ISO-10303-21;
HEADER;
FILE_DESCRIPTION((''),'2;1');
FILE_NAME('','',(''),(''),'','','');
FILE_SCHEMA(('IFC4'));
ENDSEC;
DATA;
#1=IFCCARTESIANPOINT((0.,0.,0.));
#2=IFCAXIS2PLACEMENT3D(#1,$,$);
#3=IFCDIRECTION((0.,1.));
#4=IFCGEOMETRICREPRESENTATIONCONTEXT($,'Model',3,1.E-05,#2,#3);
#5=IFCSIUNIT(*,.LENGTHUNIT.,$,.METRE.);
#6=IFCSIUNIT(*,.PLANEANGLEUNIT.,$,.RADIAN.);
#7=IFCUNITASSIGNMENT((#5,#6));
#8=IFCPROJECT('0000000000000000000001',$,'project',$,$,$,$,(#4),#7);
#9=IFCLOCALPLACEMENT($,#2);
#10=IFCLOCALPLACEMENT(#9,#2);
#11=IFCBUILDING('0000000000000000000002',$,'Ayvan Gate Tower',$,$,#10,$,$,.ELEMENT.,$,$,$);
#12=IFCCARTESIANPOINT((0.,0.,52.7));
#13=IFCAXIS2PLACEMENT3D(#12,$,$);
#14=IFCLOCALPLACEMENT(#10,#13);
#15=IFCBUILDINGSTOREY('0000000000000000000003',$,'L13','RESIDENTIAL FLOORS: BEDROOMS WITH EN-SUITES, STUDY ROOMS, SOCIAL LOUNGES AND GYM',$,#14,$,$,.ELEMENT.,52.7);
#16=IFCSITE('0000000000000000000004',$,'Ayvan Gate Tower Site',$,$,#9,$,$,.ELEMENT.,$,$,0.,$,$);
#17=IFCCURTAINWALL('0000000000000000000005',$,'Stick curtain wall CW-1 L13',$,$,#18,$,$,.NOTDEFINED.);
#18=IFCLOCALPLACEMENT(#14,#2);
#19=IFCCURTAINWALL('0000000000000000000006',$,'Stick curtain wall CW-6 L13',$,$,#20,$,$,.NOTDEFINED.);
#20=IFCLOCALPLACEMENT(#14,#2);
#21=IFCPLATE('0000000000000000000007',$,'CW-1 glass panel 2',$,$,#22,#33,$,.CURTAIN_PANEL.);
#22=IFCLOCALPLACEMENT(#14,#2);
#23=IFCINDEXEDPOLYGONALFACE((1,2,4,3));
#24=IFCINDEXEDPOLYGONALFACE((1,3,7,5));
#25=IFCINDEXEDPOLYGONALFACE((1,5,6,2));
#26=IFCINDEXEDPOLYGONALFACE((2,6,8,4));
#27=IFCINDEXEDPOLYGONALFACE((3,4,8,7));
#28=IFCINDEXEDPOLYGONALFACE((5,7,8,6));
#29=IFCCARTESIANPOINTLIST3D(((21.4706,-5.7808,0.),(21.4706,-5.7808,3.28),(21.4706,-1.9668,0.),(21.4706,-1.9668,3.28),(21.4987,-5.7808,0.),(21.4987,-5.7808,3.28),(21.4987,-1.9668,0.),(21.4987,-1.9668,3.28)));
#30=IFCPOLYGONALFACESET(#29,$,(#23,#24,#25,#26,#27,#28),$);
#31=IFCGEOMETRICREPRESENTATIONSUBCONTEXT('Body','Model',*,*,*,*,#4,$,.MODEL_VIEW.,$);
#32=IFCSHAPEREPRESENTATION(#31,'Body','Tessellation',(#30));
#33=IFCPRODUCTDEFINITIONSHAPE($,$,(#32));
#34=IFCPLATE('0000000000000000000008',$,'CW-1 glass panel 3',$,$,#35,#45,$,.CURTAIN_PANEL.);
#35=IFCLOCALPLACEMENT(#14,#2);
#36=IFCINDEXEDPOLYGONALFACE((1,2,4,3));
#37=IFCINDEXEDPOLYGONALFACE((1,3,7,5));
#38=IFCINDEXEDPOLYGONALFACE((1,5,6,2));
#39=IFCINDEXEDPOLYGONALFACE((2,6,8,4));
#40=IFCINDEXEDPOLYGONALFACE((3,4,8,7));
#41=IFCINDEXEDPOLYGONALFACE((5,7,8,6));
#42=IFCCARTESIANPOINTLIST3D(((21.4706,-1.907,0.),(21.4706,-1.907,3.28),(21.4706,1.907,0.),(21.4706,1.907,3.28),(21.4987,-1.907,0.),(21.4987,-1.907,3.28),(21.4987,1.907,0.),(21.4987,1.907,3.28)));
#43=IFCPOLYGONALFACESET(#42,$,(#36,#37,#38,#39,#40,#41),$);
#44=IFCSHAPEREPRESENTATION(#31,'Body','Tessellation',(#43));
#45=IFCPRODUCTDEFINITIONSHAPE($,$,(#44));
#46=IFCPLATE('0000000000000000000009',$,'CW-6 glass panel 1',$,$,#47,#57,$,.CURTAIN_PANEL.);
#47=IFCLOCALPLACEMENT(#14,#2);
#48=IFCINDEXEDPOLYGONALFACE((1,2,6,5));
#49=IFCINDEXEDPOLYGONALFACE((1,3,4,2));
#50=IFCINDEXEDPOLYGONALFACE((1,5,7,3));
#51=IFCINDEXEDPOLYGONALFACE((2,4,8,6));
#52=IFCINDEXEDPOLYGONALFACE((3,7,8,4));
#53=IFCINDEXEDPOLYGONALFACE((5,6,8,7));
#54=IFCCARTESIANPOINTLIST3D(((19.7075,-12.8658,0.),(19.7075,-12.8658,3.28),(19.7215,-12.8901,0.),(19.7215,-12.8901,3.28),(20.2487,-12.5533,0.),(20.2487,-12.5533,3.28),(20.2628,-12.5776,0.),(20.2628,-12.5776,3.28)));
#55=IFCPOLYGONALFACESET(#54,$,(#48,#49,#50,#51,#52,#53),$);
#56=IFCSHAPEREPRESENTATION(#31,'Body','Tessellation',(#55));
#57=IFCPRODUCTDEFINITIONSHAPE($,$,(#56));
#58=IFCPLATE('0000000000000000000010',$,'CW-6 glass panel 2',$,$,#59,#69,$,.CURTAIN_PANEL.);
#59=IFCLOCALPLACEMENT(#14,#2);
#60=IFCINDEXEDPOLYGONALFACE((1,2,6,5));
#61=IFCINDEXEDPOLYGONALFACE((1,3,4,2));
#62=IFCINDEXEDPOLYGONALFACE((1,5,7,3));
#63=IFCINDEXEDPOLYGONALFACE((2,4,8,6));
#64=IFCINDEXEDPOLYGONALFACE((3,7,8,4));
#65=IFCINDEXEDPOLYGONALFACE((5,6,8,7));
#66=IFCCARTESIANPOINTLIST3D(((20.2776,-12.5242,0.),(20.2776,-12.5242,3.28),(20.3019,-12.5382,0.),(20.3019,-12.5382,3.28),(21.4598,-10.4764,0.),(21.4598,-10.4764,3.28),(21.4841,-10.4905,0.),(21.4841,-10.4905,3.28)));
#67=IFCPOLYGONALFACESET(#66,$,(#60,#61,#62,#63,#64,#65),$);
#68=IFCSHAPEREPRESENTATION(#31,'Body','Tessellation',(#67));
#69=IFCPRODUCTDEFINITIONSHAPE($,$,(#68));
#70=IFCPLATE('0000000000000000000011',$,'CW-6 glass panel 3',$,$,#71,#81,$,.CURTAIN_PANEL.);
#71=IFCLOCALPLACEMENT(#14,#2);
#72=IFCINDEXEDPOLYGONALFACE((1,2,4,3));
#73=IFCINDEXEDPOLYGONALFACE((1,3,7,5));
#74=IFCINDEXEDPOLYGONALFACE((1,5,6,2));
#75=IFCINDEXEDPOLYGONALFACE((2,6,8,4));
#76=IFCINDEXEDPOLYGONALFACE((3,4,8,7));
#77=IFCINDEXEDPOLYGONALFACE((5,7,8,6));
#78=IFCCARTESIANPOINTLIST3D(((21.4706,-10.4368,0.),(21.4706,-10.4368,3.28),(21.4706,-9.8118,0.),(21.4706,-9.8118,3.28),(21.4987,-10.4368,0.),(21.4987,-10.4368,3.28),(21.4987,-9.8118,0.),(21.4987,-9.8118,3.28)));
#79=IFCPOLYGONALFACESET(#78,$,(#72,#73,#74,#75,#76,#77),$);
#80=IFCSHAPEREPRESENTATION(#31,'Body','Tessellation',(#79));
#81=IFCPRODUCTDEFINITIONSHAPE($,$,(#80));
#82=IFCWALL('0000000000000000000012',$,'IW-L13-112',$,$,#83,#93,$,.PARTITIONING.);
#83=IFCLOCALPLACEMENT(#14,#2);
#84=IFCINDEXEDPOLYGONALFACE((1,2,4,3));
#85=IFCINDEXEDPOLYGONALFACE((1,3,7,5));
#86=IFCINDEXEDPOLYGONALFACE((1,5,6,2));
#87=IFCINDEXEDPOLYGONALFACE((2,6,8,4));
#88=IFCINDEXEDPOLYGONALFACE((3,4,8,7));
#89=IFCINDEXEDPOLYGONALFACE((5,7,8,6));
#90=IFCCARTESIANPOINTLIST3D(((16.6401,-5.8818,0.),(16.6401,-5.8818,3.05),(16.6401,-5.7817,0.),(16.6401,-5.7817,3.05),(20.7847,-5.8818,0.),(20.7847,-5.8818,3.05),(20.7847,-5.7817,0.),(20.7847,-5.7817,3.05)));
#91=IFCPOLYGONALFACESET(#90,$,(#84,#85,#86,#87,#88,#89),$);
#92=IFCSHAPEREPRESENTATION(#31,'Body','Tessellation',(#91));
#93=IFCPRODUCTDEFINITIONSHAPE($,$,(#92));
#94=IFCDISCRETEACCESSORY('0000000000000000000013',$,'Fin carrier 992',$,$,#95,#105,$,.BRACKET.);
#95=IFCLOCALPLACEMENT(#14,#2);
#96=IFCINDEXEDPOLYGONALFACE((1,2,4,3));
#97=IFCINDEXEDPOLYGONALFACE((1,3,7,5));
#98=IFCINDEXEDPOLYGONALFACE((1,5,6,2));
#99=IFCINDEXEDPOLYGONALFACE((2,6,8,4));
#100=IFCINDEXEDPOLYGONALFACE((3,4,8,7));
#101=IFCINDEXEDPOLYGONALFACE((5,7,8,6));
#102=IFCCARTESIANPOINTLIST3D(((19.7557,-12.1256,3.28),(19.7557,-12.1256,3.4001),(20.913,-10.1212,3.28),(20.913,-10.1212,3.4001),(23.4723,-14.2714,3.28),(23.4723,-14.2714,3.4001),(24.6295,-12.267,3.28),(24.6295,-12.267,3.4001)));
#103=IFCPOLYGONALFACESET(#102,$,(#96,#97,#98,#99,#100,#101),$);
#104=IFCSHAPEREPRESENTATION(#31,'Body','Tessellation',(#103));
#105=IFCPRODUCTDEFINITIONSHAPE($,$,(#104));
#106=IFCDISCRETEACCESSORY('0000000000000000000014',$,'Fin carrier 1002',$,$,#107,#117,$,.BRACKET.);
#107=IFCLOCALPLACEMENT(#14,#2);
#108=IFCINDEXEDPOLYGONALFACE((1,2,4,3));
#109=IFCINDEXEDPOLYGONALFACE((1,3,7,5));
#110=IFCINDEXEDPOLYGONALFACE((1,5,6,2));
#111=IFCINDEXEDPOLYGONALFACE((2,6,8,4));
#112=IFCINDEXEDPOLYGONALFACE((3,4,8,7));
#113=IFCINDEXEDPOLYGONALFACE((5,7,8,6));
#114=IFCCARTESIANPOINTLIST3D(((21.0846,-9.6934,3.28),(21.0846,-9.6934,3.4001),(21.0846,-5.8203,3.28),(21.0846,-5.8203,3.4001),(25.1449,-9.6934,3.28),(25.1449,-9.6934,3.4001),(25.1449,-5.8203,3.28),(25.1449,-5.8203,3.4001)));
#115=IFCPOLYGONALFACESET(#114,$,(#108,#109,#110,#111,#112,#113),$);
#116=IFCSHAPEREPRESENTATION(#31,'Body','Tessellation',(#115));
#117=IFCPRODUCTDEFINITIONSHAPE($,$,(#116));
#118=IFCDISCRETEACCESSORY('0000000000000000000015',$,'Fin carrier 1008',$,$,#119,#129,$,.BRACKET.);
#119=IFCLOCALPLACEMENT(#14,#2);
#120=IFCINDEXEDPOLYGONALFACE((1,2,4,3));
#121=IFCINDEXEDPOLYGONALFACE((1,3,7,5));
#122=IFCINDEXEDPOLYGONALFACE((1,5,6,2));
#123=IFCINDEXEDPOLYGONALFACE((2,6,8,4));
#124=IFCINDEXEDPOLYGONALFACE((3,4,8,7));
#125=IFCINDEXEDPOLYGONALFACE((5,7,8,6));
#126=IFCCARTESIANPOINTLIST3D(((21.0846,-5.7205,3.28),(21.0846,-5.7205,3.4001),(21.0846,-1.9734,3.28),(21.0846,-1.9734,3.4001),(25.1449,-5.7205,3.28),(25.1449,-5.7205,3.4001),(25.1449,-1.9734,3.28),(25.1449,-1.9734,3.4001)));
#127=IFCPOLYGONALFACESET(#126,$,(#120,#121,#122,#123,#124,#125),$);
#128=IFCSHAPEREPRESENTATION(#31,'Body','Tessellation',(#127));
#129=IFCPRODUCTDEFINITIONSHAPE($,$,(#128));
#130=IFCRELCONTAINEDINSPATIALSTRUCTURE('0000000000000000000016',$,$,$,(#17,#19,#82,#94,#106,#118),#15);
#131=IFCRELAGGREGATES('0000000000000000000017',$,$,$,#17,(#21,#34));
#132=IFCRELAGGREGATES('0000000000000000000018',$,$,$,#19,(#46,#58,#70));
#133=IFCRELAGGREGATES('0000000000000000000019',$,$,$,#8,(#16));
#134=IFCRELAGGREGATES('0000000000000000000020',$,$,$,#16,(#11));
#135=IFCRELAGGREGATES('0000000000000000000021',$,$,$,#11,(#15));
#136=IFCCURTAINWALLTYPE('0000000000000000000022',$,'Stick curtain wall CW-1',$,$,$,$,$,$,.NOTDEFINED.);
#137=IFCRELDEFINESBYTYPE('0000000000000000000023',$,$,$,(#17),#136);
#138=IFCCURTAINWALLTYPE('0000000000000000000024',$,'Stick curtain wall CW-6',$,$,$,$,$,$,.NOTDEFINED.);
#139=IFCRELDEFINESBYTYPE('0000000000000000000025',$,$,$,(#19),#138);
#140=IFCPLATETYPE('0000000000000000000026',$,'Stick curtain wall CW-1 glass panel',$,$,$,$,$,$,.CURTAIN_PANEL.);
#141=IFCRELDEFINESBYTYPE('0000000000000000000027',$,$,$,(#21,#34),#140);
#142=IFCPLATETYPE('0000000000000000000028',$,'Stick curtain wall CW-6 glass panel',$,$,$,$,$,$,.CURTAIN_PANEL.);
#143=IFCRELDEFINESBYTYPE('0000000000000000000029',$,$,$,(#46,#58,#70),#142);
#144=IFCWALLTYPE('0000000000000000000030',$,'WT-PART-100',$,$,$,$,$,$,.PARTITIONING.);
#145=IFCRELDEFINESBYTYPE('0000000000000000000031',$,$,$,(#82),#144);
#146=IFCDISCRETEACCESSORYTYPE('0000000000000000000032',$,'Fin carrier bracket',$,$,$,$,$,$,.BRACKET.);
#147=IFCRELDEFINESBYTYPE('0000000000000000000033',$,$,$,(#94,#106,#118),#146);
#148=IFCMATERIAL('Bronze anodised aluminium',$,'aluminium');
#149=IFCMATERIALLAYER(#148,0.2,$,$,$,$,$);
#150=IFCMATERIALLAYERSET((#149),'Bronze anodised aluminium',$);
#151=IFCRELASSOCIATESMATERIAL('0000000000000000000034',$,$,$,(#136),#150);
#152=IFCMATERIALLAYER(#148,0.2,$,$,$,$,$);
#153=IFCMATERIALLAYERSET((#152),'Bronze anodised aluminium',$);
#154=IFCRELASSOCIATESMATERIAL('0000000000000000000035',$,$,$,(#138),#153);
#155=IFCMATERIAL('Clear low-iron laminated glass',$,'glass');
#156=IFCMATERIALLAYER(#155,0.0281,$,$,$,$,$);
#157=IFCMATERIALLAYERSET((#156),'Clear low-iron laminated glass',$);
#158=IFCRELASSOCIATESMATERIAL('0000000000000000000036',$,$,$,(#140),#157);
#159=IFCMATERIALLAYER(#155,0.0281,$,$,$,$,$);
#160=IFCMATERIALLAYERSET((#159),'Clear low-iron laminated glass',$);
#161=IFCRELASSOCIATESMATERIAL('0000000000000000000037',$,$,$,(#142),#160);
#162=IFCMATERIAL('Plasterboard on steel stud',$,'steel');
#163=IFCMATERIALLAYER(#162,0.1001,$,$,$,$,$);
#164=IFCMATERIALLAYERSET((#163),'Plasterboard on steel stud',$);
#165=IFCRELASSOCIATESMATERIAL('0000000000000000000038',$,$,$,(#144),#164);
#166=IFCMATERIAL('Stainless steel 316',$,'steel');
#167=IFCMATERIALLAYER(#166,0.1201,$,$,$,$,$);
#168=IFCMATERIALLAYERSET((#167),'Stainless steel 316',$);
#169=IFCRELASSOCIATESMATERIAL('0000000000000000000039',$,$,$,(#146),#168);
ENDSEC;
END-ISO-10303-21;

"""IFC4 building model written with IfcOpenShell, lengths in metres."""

from ifc_helpers import new_model, si_unit, direction, frame, frame_2d, origin, origin_2d, place, context, subcontext, project, spatial, rectangle, extrude, material, layer, layer_set, type_object, element, aggregate, save


model = new_model("IFC4")

# Units and contexts
model_context = context("Model", 3, precision=1e-05, world=origin(), true_north=direction((0.0, 1.0)))
body_context = subcontext(model_context, "Body", "Model", "MODEL_VIEW")
ifc_project = project(units=[si_unit("LENGTHUNIT", "METRE"), si_unit("PLANEANGLEUNIT", "RADIAN")], contexts=[model_context])

# Site, building, storey
site_placement = place(None, origin())
site = spatial("IfcSite", under=ifc_project, at=site_placement, Name="Ayvan Gate Tower Site", CompositionType="ELEMENT", RefElevation=0.0)
building_placement = place(site_placement, origin())
building = spatial("IfcBuilding", under=site, at=building_placement, Name="Ayvan Gate Tower", CompositionType="ELEMENT")
storey_placement = place(building_placement, frame((0.0, 0.0, 52.7)))
storey = spatial("IfcBuildingStorey", under=building, at=storey_placement, Name="L13", Description="RESIDENTIAL FLOORS: BEDROOMS WITH EN-SUITES, STUDY ROOMS, SOCIAL LOUNGES AND GYM", CompositionType="ELEMENT", Elevation=52.7)

# Curtain walls
ifc_material_1 = material(Name="Bronze anodised aluminium", Category="aluminium")
ifc_layer_1 = layer(ifc_material_1, 0.2)
ifc_layer_set_1 = layer_set([ifc_layer_1], Name="Bronze anodised aluminium")
curtain_wall_type_1 = type_object("IfcCurtainWallType", Name="Stick curtain wall CW-1", PredefinedType="NOTDEFINED", material=ifc_layer_set_1)
curtain_wall_1_placement = place(storey_placement, origin())
curtain_wall_1 = element("IfcCurtainWall", 1, at=curtain_wall_1_placement, inside=storey, type_object=curtain_wall_type_1, Name="Stick curtain wall CW-1 L13", PredefinedType="NOTDEFINED")
ifc_layer_2 = layer(ifc_material_1, 0.2)
ifc_layer_set_2 = layer_set([ifc_layer_2], Name="Bronze anodised aluminium")
curtain_wall_type_2 = type_object("IfcCurtainWallType", Name="Stick curtain wall CW-6", PredefinedType="NOTDEFINED", material=ifc_layer_set_2)
curtain_wall_2_placement = place(storey_placement, origin())
curtain_wall_2 = element("IfcCurtainWall", 2, at=curtain_wall_2_placement, inside=storey, type_object=curtain_wall_type_2, Name="Stick curtain wall CW-6 L13", PredefinedType="NOTDEFINED")

# Plates
ifc_material_2 = material(Name="Clear low-iron laminated glass", Category="glass")
ifc_layer_3 = layer(ifc_material_2, 0.0281)
ifc_layer_set_3 = layer_set([ifc_layer_3], Name="Clear low-iron laminated glass")
plate_type_1 = type_object("IfcPlateType", Name="Stick curtain wall CW-1 glass panel", PredefinedType="CURTAIN_PANEL", material=ifc_layer_set_3)
plate_1_placement = place(storey_placement, frame((21.4846, -3.8738, 0.0), z_axis=(0.0, 0.0, 1.0), x_axis=(0.0, 1.0, 0.0)))
plate_1 = element("IfcPlate", 3, at=plate_1_placement, type_object=plate_type_1, Name="CW-1 glass panel 2", PredefinedType="CURTAIN_PANEL", context=body_context, shape_type="SweptSolid", body=[
    extrude(rectangle(XDim=3.814, YDim=0.0281, at=origin_2d()), origin(), (0.0, 0.0, 1.0), 3.28),
])
plate_2_placement = place(storey_placement, frame((21.4846, 0.0, 0.0), z_axis=(0.0, 0.0, 1.0), x_axis=(0.0, 1.0, 0.0)))
plate_2 = element("IfcPlate", 4, at=plate_2_placement, type_object=plate_type_1, Name="CW-1 glass panel 3", PredefinedType="CURTAIN_PANEL", context=body_context, shape_type="SweptSolid", body=[
    extrude(rectangle(XDim=3.814, YDim=0.0281, at=origin_2d()), origin(), (0.0, 0.0, 1.0), 3.28),
])
aggregate(curtain_wall_1, [plate_1, plate_2])
ifc_layer_4 = layer(ifc_material_2, 0.0281)
ifc_layer_set_4 = layer_set([ifc_layer_4], Name="Clear low-iron laminated glass")
plate_type_2 = type_object("IfcPlateType", Name="Stick curtain wall CW-6 glass panel", PredefinedType="CURTAIN_PANEL", material=ifc_layer_set_4)
plate_3_placement = place(storey_placement, frame((19.9851, -12.7217, 0.0), z_axis=(0.0, 0.0, 1.0), x_axis=(0.866025, 0.5, 0.0)))
plate_3 = element("IfcPlate", 5, at=plate_3_placement, type_object=plate_type_2, Name="CW-6 glass panel 1", PredefinedType="CURTAIN_PANEL", context=body_context, shape_type="SweptSolid", body=[
    extrude(rectangle(XDim=0.625, YDim=0.0281, at=origin_2d()), origin(), (0.0, 0.0, 1.0), 3.28),
])
plate_4_placement = place(storey_placement, frame((20.8809, -11.5073, 0.0), z_axis=(0.0, 0.0, 1.0), x_axis=(0.5, 0.866025, 0.0)))
plate_4 = element("IfcPlate", 6, at=plate_4_placement, type_object=plate_type_2, Name="CW-6 glass panel 2", PredefinedType="CURTAIN_PANEL", context=body_context, shape_type="SweptSolid", body=[
    extrude(rectangle(XDim=2.3645, YDim=0.0281, at=origin_2d()), origin(), (0.0, 0.0, 1.0), 3.28),
])
plate_5_placement = place(storey_placement, frame((21.4846, -10.1243, 0.0), z_axis=(0.0, 0.0, 1.0), x_axis=(0.0, 1.0, 0.0)))
plate_5 = element("IfcPlate", 7, at=plate_5_placement, type_object=plate_type_2, Name="CW-6 glass panel 3", PredefinedType="CURTAIN_PANEL", context=body_context, shape_type="SweptSolid", body=[
    extrude(rectangle(XDim=0.625, YDim=0.0281, at=origin_2d()), origin(), (0.0, 0.0, 1.0), 3.28),
])
aggregate(curtain_wall_2, [plate_3, plate_4, plate_5])

# Wall
ifc_material_3 = material(Name="Plasterboard on steel stud", Category="steel")
ifc_layer_5 = layer(ifc_material_3, 0.1001)
ifc_layer_set_5 = layer_set([ifc_layer_5], Name="Plasterboard on steel stud")
wall_type = type_object("IfcWallType", Name="WT-PART-100", PredefinedType="PARTITIONING", material=ifc_layer_set_5)
wall_placement = place(storey_placement, frame((20.7847, -5.8318, 0.0), z_axis=(0.0, 0.0, 1.0), x_axis=(-1.0, 0.0, 0.0)))
element("IfcWall", 8, at=wall_placement, inside=storey, type_object=wall_type, Name="IW-L13-112", PredefinedType="PARTITIONING", context=body_context, shape_type="SweptSolid", body=[
    extrude(rectangle(XDim=4.1445, YDim=0.1001, at=frame_2d((2.0723, 0.0))), origin(), (0.0, 0.0, 1.0), 3.05),
])

# Discrete accessories
ifc_material_4 = material(Name="Stainless steel 316", Category="steel")
ifc_layer_6 = layer(ifc_material_4, 0.1201)
ifc_layer_set_6 = layer_set([ifc_layer_6], Name="Stainless steel 316")
discrete_accessory_type = type_object("IfcDiscreteAccessoryType", Name="Fin carrier bracket", PredefinedType="BRACKET", material=ifc_layer_set_6)
discrete_accessory_1_placement = place(storey_placement, frame((22.1926, -12.1963, 3.28), z_axis=(0.0, 0.0, 1.0), x_axis=(0.5, 0.866025, 0.0)))
element("IfcDiscreteAccessory", 9, at=discrete_accessory_1_placement, inside=storey, type_object=discrete_accessory_type, Name="Fin carrier 992", PredefinedType="BRACKET", context=body_context, shape_type="SweptSolid", body=[
    extrude(rectangle(XDim=2.3145, YDim=4.2915, at=origin_2d()), origin(), (0.0, 0.0, 1.0), 0.1201),
])
discrete_accessory_2_placement = place(storey_placement, frame((23.1147, -7.7568, 3.28), z_axis=(0.0, 0.0, 1.0), x_axis=(0.0, 1.0, 0.0)))
element("IfcDiscreteAccessory", 10, at=discrete_accessory_2_placement, inside=storey, type_object=discrete_accessory_type, Name="Fin carrier 1002", PredefinedType="BRACKET", context=body_context, shape_type="SweptSolid", body=[
    extrude(rectangle(XDim=3.873, YDim=4.0603, at=origin_2d()), origin(), (0.0, 0.0, 1.0), 0.1201),
])
discrete_accessory_3_placement = place(storey_placement, frame((23.1147, -3.8469, 3.28), z_axis=(0.0, 0.0, 1.0), x_axis=(0.0, 1.0, 0.0)))
element("IfcDiscreteAccessory", 11, at=discrete_accessory_3_placement, inside=storey, type_object=discrete_accessory_type, Name="Fin carrier 1008", PredefinedType="BRACKET", context=body_context, shape_type="SweptSolid", body=[
    extrude(rectangle(XDim=3.7471, YDim=4.0603, at=origin_2d()), origin(), (0.0, 0.0, 1.0), 0.1201),
])

save(model, "model.ifc")
